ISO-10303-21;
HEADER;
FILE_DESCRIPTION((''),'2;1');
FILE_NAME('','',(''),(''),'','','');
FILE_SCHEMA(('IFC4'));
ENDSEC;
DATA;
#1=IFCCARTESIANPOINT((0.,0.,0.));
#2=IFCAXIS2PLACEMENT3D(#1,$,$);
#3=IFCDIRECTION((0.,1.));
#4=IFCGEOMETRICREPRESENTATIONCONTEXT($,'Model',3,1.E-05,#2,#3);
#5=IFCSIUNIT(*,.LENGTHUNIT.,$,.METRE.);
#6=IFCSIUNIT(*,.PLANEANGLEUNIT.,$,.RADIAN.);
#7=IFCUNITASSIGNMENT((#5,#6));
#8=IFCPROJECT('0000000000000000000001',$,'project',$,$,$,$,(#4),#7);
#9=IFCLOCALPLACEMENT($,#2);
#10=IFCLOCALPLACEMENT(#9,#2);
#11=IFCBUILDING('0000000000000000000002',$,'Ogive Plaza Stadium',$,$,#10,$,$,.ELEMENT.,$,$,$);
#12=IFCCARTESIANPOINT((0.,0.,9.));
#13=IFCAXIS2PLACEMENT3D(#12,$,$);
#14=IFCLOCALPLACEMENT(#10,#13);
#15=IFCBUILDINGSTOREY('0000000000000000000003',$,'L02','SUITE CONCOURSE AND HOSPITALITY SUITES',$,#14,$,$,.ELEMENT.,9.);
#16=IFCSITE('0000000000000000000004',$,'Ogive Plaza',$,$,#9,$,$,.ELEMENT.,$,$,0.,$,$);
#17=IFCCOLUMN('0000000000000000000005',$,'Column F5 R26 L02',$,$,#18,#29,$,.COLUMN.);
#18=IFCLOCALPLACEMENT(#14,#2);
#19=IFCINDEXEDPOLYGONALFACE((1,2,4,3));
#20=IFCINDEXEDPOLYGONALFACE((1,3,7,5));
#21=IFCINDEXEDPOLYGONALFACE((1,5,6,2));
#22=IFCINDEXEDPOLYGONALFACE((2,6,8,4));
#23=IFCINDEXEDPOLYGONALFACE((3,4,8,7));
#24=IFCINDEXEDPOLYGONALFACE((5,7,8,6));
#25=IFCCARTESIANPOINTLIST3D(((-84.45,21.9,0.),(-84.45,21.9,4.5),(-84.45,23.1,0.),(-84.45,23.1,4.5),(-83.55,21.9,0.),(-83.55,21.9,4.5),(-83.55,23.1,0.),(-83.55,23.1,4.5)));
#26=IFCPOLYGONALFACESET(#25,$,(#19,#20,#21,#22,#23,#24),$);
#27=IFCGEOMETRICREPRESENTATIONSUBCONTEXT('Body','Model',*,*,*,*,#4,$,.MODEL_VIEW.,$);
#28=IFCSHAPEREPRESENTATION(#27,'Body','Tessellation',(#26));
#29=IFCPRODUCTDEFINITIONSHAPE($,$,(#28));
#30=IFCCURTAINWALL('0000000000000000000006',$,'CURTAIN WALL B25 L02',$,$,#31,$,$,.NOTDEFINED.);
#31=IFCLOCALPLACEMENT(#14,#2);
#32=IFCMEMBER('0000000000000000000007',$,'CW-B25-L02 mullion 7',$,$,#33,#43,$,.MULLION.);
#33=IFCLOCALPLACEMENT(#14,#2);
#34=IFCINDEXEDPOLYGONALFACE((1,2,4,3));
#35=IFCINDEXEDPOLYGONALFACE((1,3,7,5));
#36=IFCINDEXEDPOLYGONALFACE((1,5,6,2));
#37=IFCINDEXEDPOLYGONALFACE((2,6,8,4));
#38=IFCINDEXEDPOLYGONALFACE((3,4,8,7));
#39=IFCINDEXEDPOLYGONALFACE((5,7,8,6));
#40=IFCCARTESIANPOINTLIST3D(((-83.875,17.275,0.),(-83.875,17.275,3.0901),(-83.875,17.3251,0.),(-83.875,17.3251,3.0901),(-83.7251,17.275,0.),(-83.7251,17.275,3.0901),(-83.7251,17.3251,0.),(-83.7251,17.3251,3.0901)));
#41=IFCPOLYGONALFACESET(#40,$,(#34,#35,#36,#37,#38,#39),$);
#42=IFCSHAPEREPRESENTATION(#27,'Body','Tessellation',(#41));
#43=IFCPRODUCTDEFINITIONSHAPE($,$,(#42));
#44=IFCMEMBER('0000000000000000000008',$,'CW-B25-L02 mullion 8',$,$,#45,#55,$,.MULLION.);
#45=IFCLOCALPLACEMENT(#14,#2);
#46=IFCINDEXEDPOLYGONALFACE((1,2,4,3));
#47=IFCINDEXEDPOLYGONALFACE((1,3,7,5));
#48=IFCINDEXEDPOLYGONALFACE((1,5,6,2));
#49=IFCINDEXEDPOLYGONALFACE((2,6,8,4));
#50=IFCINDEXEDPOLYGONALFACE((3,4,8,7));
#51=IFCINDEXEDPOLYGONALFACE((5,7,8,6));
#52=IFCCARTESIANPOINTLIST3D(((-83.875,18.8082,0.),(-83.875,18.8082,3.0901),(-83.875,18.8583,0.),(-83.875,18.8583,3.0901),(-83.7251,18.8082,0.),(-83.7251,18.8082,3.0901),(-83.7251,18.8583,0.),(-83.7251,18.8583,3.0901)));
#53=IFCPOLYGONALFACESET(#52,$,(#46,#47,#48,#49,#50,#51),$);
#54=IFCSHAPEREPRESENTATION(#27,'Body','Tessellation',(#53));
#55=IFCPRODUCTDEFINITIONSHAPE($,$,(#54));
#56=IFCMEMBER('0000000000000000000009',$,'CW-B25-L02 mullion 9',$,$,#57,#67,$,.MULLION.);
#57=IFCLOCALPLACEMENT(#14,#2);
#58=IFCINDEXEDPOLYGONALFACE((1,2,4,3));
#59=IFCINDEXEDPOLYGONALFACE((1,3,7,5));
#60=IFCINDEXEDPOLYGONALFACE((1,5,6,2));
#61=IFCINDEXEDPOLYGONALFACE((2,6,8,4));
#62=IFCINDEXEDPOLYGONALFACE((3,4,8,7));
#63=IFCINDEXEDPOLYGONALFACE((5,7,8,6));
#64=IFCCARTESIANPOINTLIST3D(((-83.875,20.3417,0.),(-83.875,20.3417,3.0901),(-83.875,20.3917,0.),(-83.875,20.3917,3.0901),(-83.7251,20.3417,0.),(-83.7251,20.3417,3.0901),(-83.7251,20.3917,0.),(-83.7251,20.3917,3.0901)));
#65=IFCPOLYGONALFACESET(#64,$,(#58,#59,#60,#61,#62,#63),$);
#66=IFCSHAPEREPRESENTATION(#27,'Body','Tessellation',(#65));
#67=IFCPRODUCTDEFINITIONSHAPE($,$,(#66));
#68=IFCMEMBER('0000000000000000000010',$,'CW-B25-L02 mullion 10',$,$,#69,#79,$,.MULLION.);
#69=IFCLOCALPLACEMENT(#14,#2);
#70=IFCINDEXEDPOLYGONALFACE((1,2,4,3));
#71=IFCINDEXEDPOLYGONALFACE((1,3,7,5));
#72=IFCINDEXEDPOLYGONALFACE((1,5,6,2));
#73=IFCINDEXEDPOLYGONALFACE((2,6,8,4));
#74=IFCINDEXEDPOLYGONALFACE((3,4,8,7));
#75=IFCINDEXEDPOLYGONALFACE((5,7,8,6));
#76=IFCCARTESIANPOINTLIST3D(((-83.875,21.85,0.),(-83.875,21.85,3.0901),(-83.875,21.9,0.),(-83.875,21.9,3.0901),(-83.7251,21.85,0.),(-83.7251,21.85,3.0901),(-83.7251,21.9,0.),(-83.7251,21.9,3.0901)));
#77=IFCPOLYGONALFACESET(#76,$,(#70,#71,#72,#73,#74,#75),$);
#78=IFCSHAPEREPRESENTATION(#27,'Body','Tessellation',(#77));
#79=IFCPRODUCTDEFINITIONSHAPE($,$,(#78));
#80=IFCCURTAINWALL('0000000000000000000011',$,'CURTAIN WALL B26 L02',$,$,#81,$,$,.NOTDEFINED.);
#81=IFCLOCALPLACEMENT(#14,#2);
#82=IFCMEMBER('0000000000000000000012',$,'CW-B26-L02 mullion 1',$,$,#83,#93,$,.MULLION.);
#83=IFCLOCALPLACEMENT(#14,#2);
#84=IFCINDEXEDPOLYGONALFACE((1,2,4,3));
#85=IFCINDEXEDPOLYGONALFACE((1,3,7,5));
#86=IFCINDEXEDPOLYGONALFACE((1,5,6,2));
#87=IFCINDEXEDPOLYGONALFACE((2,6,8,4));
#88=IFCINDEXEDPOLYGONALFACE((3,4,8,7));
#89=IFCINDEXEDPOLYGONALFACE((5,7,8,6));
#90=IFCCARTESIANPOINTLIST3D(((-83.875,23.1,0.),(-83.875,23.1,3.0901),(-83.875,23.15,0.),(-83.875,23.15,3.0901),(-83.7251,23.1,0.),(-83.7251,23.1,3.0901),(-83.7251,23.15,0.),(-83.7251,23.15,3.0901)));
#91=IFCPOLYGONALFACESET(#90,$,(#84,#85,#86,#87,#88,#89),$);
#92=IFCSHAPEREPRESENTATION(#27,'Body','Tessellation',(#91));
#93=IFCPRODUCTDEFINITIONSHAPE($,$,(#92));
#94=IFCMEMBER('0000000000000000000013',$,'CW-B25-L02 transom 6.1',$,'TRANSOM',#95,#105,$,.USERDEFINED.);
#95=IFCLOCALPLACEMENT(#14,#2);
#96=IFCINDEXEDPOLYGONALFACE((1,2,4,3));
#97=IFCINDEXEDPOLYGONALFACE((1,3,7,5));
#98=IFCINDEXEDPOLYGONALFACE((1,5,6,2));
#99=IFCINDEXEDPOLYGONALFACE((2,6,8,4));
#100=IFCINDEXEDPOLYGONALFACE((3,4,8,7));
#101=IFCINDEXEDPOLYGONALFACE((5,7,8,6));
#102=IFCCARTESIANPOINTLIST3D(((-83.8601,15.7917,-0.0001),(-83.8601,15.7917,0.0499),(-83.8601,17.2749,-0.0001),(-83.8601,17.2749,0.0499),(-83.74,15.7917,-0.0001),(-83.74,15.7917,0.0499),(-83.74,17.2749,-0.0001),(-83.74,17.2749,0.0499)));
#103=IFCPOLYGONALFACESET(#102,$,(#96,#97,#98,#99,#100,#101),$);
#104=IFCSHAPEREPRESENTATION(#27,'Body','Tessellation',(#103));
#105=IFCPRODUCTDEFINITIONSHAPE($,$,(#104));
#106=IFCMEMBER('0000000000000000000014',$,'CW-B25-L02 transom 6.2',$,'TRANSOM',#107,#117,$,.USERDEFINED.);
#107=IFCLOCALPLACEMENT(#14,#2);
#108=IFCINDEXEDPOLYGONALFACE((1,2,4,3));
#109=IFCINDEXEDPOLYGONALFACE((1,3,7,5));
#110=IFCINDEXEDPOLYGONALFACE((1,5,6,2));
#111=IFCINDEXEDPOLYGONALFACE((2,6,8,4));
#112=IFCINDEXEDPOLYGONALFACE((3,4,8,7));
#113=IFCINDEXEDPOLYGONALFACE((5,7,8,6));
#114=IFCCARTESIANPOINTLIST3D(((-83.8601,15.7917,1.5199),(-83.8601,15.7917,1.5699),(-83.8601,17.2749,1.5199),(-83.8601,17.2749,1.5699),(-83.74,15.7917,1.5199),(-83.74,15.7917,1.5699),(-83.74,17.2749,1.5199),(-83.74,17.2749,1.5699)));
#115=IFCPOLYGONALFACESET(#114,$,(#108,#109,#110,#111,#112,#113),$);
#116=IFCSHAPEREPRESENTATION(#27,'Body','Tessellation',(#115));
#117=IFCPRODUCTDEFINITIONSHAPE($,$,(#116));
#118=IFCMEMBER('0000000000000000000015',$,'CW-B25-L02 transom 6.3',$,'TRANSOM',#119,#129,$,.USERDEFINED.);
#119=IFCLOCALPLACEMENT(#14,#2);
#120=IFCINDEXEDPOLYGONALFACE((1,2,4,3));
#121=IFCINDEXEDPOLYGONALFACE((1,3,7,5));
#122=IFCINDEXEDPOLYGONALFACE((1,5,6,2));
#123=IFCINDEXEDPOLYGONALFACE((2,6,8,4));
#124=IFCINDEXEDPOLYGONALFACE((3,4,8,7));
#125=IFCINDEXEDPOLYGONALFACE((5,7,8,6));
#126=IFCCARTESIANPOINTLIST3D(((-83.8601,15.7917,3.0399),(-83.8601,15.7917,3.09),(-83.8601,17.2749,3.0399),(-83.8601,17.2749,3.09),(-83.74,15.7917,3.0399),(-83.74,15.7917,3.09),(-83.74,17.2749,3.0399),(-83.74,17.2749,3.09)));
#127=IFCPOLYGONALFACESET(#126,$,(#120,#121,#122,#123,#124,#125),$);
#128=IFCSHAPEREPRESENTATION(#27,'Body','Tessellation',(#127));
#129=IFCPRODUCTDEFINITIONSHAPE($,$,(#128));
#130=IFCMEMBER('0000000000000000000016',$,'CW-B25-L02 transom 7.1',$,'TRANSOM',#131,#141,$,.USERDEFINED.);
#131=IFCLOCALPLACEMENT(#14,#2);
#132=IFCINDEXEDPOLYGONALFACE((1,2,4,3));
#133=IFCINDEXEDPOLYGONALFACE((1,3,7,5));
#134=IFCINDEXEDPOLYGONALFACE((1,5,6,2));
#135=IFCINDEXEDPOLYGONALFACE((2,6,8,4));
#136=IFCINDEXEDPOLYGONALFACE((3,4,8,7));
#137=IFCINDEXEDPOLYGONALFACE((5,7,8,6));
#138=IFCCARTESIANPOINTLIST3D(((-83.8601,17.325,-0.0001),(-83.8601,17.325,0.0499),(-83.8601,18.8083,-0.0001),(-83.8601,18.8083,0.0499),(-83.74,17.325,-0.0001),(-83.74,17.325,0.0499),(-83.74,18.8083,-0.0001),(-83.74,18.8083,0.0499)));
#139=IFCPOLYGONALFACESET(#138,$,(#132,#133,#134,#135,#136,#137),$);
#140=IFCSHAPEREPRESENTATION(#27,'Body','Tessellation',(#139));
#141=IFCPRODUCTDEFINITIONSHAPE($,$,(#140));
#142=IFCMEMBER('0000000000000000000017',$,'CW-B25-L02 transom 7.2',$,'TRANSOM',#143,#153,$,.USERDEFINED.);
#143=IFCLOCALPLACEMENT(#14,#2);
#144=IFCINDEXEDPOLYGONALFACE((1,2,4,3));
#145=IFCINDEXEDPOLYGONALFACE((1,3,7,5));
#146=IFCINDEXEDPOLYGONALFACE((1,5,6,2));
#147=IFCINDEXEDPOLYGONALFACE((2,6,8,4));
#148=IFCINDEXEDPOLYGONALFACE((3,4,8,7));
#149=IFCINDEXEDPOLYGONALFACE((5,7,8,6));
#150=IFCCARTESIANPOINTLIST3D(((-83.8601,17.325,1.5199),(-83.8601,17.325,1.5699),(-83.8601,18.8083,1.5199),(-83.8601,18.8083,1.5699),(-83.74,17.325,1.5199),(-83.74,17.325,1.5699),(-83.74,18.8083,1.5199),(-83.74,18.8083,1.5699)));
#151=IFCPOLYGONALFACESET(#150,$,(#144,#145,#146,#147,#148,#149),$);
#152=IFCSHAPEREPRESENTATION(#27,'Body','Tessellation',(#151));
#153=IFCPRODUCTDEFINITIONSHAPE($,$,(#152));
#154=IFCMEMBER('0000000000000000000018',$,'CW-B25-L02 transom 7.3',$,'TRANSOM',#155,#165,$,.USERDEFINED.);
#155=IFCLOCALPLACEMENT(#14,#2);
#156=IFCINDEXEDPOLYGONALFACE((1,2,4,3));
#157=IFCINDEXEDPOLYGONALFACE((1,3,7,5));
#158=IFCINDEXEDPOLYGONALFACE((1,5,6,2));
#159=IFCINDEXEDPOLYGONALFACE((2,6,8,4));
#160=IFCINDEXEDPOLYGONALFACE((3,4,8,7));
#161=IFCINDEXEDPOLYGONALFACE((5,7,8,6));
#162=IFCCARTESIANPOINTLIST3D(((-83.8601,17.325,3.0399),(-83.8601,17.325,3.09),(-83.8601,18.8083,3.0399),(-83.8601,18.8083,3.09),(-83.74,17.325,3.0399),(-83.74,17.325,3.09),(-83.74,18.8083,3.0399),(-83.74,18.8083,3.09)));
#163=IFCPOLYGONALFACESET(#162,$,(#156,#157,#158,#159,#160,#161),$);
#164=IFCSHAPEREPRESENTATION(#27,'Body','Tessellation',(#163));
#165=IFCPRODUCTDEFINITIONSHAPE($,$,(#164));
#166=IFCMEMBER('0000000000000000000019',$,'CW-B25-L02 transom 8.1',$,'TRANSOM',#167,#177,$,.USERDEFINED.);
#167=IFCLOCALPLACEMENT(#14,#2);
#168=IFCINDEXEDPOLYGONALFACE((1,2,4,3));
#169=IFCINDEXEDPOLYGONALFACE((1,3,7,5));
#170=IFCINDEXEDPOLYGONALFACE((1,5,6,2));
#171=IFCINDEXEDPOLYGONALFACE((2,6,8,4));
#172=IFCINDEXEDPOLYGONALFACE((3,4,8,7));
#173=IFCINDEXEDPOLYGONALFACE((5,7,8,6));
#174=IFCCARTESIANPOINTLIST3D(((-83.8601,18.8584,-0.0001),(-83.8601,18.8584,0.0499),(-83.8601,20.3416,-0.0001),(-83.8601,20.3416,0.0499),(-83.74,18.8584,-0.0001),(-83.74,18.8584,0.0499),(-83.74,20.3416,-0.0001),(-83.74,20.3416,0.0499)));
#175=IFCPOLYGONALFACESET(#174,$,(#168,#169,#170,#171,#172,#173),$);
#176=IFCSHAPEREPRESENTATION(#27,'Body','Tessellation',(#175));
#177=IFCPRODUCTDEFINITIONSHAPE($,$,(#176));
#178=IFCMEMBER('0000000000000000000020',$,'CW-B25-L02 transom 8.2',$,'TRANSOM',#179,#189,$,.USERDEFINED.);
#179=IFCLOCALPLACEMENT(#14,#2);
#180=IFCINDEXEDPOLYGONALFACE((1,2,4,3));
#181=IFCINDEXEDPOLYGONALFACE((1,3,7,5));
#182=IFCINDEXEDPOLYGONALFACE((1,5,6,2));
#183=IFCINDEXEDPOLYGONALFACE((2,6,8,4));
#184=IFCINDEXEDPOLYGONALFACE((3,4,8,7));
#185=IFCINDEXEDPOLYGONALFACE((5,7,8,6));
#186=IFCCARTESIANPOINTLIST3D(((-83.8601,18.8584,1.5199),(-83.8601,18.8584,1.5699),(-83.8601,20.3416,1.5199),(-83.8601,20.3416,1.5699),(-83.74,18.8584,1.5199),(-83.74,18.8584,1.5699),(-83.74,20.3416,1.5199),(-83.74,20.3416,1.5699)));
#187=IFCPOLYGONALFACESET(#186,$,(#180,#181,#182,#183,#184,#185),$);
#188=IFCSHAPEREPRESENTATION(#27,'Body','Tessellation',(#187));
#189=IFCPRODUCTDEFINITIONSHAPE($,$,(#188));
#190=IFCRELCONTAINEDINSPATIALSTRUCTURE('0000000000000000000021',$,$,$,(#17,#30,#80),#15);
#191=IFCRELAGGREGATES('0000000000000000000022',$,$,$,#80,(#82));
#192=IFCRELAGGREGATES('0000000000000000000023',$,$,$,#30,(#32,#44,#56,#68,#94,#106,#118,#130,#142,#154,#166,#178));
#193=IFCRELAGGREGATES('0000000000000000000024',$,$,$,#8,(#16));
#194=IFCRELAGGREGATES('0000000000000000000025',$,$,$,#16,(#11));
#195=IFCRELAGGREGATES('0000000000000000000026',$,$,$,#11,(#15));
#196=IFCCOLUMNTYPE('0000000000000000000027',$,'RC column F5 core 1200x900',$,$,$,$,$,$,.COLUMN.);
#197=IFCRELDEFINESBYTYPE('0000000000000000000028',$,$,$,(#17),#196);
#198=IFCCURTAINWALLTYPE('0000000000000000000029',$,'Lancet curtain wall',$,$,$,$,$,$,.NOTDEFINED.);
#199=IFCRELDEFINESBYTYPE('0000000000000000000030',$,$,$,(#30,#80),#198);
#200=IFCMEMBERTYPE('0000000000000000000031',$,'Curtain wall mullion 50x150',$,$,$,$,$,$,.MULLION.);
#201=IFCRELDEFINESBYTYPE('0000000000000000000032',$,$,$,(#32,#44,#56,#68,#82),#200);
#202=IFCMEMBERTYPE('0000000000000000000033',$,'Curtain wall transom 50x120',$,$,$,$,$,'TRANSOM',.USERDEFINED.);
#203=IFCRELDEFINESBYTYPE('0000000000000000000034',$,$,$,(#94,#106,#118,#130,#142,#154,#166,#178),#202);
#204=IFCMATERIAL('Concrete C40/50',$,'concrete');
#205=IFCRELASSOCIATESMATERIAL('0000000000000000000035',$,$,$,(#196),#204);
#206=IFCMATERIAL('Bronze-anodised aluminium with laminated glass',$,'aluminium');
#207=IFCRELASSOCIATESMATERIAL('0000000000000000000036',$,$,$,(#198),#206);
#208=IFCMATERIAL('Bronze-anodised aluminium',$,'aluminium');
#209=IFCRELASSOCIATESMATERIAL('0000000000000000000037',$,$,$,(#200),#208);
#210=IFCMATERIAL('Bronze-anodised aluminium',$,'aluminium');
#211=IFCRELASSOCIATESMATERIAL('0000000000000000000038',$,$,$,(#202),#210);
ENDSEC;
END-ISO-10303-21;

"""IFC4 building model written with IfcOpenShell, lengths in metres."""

from ifc_helpers import new_model, si_unit, direction, frame, origin, origin_2d, place, context, subcontext, project, spatial, rectangle, extrude, material, material_profile, profile_set, type_object, element, aggregate, save


model = new_model("IFC4")

# Units and contexts
model_context = context("Model", 3, precision=1e-05, world=origin(), true_north=direction((0.0, 1.0)))
body_context = subcontext(model_context, "Body", "Model", "MODEL_VIEW")
ifc_project = project(units=[si_unit("LENGTHUNIT", "METRE"), si_unit("PLANEANGLEUNIT", "RADIAN")], contexts=[model_context])

# Site, building, storey
site_placement = place(None, origin())
site = spatial("IfcSite", under=ifc_project, at=site_placement, Name="Ogive Plaza", CompositionType="ELEMENT", RefElevation=0.0)
building_placement = place(site_placement, origin())
building = spatial("IfcBuilding", under=site, at=building_placement, Name="Ogive Plaza Stadium", CompositionType="ELEMENT")
storey_placement = place(building_placement, frame((0.0, 0.0, 9.0)))
storey = spatial("IfcBuildingStorey", under=building, at=storey_placement, Name="L02", Description="SUITE CONCOURSE AND HOSPITALITY SUITES", CompositionType="ELEMENT", Elevation=9.0)

# Column
ifc_material_1 = material(Name="Concrete C40/50", Category="concrete")
ifc_material_profile_1 = material_profile(ifc_material_1, rectangle(XDim=1.2, YDim=0.8999, at=origin_2d()), Name="RC 1200x900")
ifc_profile_set_1 = profile_set([ifc_material_profile_1], Name="Concrete C40/50")
column_type = type_object("IfcColumnType", Name="RC column F5 core 1200x900", PredefinedType="COLUMN", material=ifc_profile_set_1)
column_placement = place(storey_placement, frame((-84.0, 22.5, 0.0), z_axis=(0.0, 0.0, 1.0), x_axis=(0.0, -1.0, 0.0)))
element("IfcColumn", 1, at=column_placement, inside=storey, type_object=column_type, Name="Column F5 R26 L02", PredefinedType="COLUMN", context=body_context, shape_type="SweptSolid", body=[
    extrude(rectangle(XDim=1.2, YDim=0.8999, at=origin_2d()), origin(), (0.0, 0.0, 1.0), 4.5),
])

# Curtain wall, members
ifc_material_2 = material(Name="Bronze-anodised aluminium with laminated glass", Category="aluminium")
curtain_wall_type = type_object("IfcCurtainWallType", Name="Lancet curtain wall", PredefinedType="NOTDEFINED", material=ifc_material_2)
curtain_wall_1_placement = place(storey_placement, origin())
curtain_wall_1 = element("IfcCurtainWall", 2, at=curtain_wall_1_placement, inside=storey, type_object=curtain_wall_type, Name="CURTAIN WALL B25 L02", PredefinedType="NOTDEFINED")
ifc_material_3 = material(Name="Bronze-anodised aluminium", Category="aluminium")
ifc_material_profile_2 = material_profile(ifc_material_3, rectangle(XDim=0.1499, YDim=0.05, at=origin_2d()), Name="AL 150x50")
ifc_profile_set_2 = profile_set([ifc_material_profile_2], Name="Bronze-anodised aluminium")
member_type_1 = type_object("IfcMemberType", Name="Curtain wall mullion 50x150", PredefinedType="MULLION", material=ifc_profile_set_2)
member_1_placement = place(storey_placement, frame((-83.8, 17.3, 0.0), z_axis=(0.0, 0.0, 1.0), x_axis=(-1.0, 0.0, 0.0)))
member_1 = element("IfcMember", 3, at=member_1_placement, type_object=member_type_1, Name="CW-B25-L02 mullion 7", PredefinedType="MULLION", context=body_context, shape_type="SweptSolid", body=[
    extrude(rectangle(XDim=0.1499, YDim=0.05, at=origin_2d()), origin(), (0.0, 0.0, 1.0), 3.0901),
])
member_2_placement = place(storey_placement, frame((-83.8, 18.8333, 0.0), z_axis=(0.0, 0.0, 1.0), x_axis=(-1.0, 0.0, 0.0)))
member_2 = element("IfcMember", 4, at=member_2_placement, type_object=member_type_1, Name="CW-B25-L02 mullion 8", PredefinedType="MULLION", context=body_context, shape_type="SweptSolid", body=[
    extrude(rectangle(XDim=0.1499, YDim=0.05, at=origin_2d()), origin(), (0.0, 0.0, 1.0), 3.0901),
])
member_3_placement = place(storey_placement, frame((-83.8, 20.3667, 0.0), z_axis=(0.0, 0.0, 1.0), x_axis=(-1.0, 0.0, 0.0)))
member_3 = element("IfcMember", 5, at=member_3_placement, type_object=member_type_1, Name="CW-B25-L02 mullion 9", PredefinedType="MULLION", context=body_context, shape_type="SweptSolid", body=[
    extrude(rectangle(XDim=0.1499, YDim=0.05, at=origin_2d()), origin(), (0.0, 0.0, 1.0), 3.0901),
])
member_4_placement = place(storey_placement, frame((-83.8, 21.875, 0.0), z_axis=(0.0, 0.0, 1.0), x_axis=(-1.0, 0.0, 0.0)))
member_4 = element("IfcMember", 6, at=member_4_placement, type_object=member_type_1, Name="CW-B25-L02 mullion 10", PredefinedType="MULLION", context=body_context, shape_type="SweptSolid", body=[
    extrude(rectangle(XDim=0.1499, YDim=0.05, at=origin_2d()), origin(), (0.0, 0.0, 1.0), 3.0901),
])

# Curtain wall, member
curtain_wall_2_placement = place(storey_placement, origin())
curtain_wall_2 = element("IfcCurtainWall", 7, at=curtain_wall_2_placement, inside=storey, type_object=curtain_wall_type, Name="CURTAIN WALL B26 L02", PredefinedType="NOTDEFINED")
member_5_placement = place(storey_placement, frame((-83.8, 23.125, 0.0), z_axis=(0.0, 0.0, 1.0), x_axis=(-1.0, 0.0, 0.0)))
member_5 = element("IfcMember", 8, at=member_5_placement, type_object=member_type_1, Name="CW-B26-L02 mullion 1", PredefinedType="MULLION", context=body_context, shape_type="SweptSolid", body=[
    extrude(rectangle(XDim=0.1499, YDim=0.05, at=origin_2d()), origin(), (0.0, 0.0, 1.0), 3.0901),
])

# Members
ifc_material_4 = material(Name="Bronze-anodised aluminium", Category="aluminium")
ifc_material_profile_3 = material_profile(ifc_material_4, rectangle(XDim=0.1201, YDim=0.05, at=origin_2d()), Name="AL 120x50")
ifc_profile_set_3 = profile_set([ifc_material_profile_3], Name="Bronze-anodised aluminium")
member_type_2 = type_object("IfcMemberType", Name="Curtain wall transom 50x120", ElementType="TRANSOM", PredefinedType="USERDEFINED", material=ifc_profile_set_3)
member_6_placement = place(storey_placement, frame((-83.8, 15.7917, 0.0249), z_axis=(0.0, 1.0, 0.0), x_axis=(-1.0, 0.0, 0.0)))
member_6 = element("IfcMember", 9, at=member_6_placement, type_object=member_type_2, Name="CW-B25-L02 transom 6.1", ObjectType="TRANSOM", PredefinedType="USERDEFINED", context=body_context, shape_type="SweptSolid", body=[
    extrude(rectangle(XDim=0.1201, YDim=0.05, at=origin_2d()), origin(), (0.0, 0.0, 1.0), 1.4832),
])
member_7_placement = place(storey_placement, frame((-83.8, 15.7917, 1.5449), z_axis=(0.0, 1.0, 0.0), x_axis=(-1.0, 0.0, 0.0)))
member_7 = element("IfcMember", 10, at=member_7_placement, type_object=member_type_2, Name="CW-B25-L02 transom 6.2", ObjectType="TRANSOM", PredefinedType="USERDEFINED", context=body_context, shape_type="SweptSolid", body=[
    extrude(rectangle(XDim=0.1201, YDim=0.05, at=origin_2d()), origin(), (0.0, 0.0, 1.0), 1.4832),
])
member_8_placement = place(storey_placement, frame((-83.8, 15.7917, 3.0649), z_axis=(0.0, 1.0, 0.0), x_axis=(-1.0, 0.0, 0.0)))
member_8 = element("IfcMember", 11, at=member_8_placement, type_object=member_type_2, Name="CW-B25-L02 transom 6.3", ObjectType="TRANSOM", PredefinedType="USERDEFINED", context=body_context, shape_type="SweptSolid", body=[
    extrude(rectangle(XDim=0.1201, YDim=0.05, at=origin_2d()), origin(), (0.0, 0.0, 1.0), 1.4832),
])
member_9_placement = place(storey_placement, frame((-83.8, 17.325, 0.0249), z_axis=(0.0, 1.0, 0.0), x_axis=(-1.0, 0.0, 0.0)))
member_9 = element("IfcMember", 12, at=member_9_placement, type_object=member_type_2, Name="CW-B25-L02 transom 7.1", ObjectType="TRANSOM", PredefinedType="USERDEFINED", context=body_context, shape_type="SweptSolid", body=[
    extrude(rectangle(XDim=0.1201, YDim=0.05, at=origin_2d()), origin(), (0.0, 0.0, 1.0), 1.4834),
])
member_10_placement = place(storey_placement, frame((-83.8, 17.325, 1.5449), z_axis=(0.0, 1.0, 0.0), x_axis=(-1.0, 0.0, 0.0)))
member_10 = element("IfcMember", 13, at=member_10_placement, type_object=member_type_2, Name="CW-B25-L02 transom 7.2", ObjectType="TRANSOM", PredefinedType="USERDEFINED", context=body_context, shape_type="SweptSolid", body=[
    extrude(rectangle(XDim=0.1201, YDim=0.05, at=origin_2d()), origin(), (0.0, 0.0, 1.0), 1.4834),
])
member_11_placement = place(storey_placement, frame((-83.8, 17.325, 3.0649), z_axis=(0.0, 1.0, 0.0), x_axis=(-1.0, 0.0, 0.0)))
member_11 = element("IfcMember", 14, at=member_11_placement, type_object=member_type_2, Name="CW-B25-L02 transom 7.3", ObjectType="TRANSOM", PredefinedType="USERDEFINED", context=body_context, shape_type="SweptSolid", body=[
    extrude(rectangle(XDim=0.1201, YDim=0.05, at=origin_2d()), origin(), (0.0, 0.0, 1.0), 1.4834),
])
member_12_placement = place(storey_placement, frame((-83.8, 18.8584, 0.0249), z_axis=(0.0, 1.0, 0.0), x_axis=(-1.0, 0.0, 0.0)))
member_12 = element("IfcMember", 15, at=member_12_placement, type_object=member_type_2, Name="CW-B25-L02 transom 8.1", ObjectType="TRANSOM", PredefinedType="USERDEFINED", context=body_context, shape_type="SweptSolid", body=[
    extrude(rectangle(XDim=0.1201, YDim=0.05, at=origin_2d()), origin(), (0.0, 0.0, 1.0), 1.4832),
])
member_13_placement = place(storey_placement, frame((-83.8, 18.8584, 1.5449), z_axis=(0.0, 1.0, 0.0), x_axis=(-1.0, 0.0, 0.0)))
member_13 = element("IfcMember", 16, at=member_13_placement, type_object=member_type_2, Name="CW-B25-L02 transom 8.2", ObjectType="TRANSOM", PredefinedType="USERDEFINED", context=body_context, shape_type="SweptSolid", body=[
    extrude(rectangle(XDim=0.1201, YDim=0.05, at=origin_2d()), origin(), (0.0, 0.0, 1.0), 1.4832),
])
aggregate(curtain_wall_2, [member_5])

aggregate(curtain_wall_1, [member_1, member_2, member_3, member_4, member_6, member_7, member_8, member_9, member_10, member_11, member_12, member_13])

save(model, "model.ifc")
